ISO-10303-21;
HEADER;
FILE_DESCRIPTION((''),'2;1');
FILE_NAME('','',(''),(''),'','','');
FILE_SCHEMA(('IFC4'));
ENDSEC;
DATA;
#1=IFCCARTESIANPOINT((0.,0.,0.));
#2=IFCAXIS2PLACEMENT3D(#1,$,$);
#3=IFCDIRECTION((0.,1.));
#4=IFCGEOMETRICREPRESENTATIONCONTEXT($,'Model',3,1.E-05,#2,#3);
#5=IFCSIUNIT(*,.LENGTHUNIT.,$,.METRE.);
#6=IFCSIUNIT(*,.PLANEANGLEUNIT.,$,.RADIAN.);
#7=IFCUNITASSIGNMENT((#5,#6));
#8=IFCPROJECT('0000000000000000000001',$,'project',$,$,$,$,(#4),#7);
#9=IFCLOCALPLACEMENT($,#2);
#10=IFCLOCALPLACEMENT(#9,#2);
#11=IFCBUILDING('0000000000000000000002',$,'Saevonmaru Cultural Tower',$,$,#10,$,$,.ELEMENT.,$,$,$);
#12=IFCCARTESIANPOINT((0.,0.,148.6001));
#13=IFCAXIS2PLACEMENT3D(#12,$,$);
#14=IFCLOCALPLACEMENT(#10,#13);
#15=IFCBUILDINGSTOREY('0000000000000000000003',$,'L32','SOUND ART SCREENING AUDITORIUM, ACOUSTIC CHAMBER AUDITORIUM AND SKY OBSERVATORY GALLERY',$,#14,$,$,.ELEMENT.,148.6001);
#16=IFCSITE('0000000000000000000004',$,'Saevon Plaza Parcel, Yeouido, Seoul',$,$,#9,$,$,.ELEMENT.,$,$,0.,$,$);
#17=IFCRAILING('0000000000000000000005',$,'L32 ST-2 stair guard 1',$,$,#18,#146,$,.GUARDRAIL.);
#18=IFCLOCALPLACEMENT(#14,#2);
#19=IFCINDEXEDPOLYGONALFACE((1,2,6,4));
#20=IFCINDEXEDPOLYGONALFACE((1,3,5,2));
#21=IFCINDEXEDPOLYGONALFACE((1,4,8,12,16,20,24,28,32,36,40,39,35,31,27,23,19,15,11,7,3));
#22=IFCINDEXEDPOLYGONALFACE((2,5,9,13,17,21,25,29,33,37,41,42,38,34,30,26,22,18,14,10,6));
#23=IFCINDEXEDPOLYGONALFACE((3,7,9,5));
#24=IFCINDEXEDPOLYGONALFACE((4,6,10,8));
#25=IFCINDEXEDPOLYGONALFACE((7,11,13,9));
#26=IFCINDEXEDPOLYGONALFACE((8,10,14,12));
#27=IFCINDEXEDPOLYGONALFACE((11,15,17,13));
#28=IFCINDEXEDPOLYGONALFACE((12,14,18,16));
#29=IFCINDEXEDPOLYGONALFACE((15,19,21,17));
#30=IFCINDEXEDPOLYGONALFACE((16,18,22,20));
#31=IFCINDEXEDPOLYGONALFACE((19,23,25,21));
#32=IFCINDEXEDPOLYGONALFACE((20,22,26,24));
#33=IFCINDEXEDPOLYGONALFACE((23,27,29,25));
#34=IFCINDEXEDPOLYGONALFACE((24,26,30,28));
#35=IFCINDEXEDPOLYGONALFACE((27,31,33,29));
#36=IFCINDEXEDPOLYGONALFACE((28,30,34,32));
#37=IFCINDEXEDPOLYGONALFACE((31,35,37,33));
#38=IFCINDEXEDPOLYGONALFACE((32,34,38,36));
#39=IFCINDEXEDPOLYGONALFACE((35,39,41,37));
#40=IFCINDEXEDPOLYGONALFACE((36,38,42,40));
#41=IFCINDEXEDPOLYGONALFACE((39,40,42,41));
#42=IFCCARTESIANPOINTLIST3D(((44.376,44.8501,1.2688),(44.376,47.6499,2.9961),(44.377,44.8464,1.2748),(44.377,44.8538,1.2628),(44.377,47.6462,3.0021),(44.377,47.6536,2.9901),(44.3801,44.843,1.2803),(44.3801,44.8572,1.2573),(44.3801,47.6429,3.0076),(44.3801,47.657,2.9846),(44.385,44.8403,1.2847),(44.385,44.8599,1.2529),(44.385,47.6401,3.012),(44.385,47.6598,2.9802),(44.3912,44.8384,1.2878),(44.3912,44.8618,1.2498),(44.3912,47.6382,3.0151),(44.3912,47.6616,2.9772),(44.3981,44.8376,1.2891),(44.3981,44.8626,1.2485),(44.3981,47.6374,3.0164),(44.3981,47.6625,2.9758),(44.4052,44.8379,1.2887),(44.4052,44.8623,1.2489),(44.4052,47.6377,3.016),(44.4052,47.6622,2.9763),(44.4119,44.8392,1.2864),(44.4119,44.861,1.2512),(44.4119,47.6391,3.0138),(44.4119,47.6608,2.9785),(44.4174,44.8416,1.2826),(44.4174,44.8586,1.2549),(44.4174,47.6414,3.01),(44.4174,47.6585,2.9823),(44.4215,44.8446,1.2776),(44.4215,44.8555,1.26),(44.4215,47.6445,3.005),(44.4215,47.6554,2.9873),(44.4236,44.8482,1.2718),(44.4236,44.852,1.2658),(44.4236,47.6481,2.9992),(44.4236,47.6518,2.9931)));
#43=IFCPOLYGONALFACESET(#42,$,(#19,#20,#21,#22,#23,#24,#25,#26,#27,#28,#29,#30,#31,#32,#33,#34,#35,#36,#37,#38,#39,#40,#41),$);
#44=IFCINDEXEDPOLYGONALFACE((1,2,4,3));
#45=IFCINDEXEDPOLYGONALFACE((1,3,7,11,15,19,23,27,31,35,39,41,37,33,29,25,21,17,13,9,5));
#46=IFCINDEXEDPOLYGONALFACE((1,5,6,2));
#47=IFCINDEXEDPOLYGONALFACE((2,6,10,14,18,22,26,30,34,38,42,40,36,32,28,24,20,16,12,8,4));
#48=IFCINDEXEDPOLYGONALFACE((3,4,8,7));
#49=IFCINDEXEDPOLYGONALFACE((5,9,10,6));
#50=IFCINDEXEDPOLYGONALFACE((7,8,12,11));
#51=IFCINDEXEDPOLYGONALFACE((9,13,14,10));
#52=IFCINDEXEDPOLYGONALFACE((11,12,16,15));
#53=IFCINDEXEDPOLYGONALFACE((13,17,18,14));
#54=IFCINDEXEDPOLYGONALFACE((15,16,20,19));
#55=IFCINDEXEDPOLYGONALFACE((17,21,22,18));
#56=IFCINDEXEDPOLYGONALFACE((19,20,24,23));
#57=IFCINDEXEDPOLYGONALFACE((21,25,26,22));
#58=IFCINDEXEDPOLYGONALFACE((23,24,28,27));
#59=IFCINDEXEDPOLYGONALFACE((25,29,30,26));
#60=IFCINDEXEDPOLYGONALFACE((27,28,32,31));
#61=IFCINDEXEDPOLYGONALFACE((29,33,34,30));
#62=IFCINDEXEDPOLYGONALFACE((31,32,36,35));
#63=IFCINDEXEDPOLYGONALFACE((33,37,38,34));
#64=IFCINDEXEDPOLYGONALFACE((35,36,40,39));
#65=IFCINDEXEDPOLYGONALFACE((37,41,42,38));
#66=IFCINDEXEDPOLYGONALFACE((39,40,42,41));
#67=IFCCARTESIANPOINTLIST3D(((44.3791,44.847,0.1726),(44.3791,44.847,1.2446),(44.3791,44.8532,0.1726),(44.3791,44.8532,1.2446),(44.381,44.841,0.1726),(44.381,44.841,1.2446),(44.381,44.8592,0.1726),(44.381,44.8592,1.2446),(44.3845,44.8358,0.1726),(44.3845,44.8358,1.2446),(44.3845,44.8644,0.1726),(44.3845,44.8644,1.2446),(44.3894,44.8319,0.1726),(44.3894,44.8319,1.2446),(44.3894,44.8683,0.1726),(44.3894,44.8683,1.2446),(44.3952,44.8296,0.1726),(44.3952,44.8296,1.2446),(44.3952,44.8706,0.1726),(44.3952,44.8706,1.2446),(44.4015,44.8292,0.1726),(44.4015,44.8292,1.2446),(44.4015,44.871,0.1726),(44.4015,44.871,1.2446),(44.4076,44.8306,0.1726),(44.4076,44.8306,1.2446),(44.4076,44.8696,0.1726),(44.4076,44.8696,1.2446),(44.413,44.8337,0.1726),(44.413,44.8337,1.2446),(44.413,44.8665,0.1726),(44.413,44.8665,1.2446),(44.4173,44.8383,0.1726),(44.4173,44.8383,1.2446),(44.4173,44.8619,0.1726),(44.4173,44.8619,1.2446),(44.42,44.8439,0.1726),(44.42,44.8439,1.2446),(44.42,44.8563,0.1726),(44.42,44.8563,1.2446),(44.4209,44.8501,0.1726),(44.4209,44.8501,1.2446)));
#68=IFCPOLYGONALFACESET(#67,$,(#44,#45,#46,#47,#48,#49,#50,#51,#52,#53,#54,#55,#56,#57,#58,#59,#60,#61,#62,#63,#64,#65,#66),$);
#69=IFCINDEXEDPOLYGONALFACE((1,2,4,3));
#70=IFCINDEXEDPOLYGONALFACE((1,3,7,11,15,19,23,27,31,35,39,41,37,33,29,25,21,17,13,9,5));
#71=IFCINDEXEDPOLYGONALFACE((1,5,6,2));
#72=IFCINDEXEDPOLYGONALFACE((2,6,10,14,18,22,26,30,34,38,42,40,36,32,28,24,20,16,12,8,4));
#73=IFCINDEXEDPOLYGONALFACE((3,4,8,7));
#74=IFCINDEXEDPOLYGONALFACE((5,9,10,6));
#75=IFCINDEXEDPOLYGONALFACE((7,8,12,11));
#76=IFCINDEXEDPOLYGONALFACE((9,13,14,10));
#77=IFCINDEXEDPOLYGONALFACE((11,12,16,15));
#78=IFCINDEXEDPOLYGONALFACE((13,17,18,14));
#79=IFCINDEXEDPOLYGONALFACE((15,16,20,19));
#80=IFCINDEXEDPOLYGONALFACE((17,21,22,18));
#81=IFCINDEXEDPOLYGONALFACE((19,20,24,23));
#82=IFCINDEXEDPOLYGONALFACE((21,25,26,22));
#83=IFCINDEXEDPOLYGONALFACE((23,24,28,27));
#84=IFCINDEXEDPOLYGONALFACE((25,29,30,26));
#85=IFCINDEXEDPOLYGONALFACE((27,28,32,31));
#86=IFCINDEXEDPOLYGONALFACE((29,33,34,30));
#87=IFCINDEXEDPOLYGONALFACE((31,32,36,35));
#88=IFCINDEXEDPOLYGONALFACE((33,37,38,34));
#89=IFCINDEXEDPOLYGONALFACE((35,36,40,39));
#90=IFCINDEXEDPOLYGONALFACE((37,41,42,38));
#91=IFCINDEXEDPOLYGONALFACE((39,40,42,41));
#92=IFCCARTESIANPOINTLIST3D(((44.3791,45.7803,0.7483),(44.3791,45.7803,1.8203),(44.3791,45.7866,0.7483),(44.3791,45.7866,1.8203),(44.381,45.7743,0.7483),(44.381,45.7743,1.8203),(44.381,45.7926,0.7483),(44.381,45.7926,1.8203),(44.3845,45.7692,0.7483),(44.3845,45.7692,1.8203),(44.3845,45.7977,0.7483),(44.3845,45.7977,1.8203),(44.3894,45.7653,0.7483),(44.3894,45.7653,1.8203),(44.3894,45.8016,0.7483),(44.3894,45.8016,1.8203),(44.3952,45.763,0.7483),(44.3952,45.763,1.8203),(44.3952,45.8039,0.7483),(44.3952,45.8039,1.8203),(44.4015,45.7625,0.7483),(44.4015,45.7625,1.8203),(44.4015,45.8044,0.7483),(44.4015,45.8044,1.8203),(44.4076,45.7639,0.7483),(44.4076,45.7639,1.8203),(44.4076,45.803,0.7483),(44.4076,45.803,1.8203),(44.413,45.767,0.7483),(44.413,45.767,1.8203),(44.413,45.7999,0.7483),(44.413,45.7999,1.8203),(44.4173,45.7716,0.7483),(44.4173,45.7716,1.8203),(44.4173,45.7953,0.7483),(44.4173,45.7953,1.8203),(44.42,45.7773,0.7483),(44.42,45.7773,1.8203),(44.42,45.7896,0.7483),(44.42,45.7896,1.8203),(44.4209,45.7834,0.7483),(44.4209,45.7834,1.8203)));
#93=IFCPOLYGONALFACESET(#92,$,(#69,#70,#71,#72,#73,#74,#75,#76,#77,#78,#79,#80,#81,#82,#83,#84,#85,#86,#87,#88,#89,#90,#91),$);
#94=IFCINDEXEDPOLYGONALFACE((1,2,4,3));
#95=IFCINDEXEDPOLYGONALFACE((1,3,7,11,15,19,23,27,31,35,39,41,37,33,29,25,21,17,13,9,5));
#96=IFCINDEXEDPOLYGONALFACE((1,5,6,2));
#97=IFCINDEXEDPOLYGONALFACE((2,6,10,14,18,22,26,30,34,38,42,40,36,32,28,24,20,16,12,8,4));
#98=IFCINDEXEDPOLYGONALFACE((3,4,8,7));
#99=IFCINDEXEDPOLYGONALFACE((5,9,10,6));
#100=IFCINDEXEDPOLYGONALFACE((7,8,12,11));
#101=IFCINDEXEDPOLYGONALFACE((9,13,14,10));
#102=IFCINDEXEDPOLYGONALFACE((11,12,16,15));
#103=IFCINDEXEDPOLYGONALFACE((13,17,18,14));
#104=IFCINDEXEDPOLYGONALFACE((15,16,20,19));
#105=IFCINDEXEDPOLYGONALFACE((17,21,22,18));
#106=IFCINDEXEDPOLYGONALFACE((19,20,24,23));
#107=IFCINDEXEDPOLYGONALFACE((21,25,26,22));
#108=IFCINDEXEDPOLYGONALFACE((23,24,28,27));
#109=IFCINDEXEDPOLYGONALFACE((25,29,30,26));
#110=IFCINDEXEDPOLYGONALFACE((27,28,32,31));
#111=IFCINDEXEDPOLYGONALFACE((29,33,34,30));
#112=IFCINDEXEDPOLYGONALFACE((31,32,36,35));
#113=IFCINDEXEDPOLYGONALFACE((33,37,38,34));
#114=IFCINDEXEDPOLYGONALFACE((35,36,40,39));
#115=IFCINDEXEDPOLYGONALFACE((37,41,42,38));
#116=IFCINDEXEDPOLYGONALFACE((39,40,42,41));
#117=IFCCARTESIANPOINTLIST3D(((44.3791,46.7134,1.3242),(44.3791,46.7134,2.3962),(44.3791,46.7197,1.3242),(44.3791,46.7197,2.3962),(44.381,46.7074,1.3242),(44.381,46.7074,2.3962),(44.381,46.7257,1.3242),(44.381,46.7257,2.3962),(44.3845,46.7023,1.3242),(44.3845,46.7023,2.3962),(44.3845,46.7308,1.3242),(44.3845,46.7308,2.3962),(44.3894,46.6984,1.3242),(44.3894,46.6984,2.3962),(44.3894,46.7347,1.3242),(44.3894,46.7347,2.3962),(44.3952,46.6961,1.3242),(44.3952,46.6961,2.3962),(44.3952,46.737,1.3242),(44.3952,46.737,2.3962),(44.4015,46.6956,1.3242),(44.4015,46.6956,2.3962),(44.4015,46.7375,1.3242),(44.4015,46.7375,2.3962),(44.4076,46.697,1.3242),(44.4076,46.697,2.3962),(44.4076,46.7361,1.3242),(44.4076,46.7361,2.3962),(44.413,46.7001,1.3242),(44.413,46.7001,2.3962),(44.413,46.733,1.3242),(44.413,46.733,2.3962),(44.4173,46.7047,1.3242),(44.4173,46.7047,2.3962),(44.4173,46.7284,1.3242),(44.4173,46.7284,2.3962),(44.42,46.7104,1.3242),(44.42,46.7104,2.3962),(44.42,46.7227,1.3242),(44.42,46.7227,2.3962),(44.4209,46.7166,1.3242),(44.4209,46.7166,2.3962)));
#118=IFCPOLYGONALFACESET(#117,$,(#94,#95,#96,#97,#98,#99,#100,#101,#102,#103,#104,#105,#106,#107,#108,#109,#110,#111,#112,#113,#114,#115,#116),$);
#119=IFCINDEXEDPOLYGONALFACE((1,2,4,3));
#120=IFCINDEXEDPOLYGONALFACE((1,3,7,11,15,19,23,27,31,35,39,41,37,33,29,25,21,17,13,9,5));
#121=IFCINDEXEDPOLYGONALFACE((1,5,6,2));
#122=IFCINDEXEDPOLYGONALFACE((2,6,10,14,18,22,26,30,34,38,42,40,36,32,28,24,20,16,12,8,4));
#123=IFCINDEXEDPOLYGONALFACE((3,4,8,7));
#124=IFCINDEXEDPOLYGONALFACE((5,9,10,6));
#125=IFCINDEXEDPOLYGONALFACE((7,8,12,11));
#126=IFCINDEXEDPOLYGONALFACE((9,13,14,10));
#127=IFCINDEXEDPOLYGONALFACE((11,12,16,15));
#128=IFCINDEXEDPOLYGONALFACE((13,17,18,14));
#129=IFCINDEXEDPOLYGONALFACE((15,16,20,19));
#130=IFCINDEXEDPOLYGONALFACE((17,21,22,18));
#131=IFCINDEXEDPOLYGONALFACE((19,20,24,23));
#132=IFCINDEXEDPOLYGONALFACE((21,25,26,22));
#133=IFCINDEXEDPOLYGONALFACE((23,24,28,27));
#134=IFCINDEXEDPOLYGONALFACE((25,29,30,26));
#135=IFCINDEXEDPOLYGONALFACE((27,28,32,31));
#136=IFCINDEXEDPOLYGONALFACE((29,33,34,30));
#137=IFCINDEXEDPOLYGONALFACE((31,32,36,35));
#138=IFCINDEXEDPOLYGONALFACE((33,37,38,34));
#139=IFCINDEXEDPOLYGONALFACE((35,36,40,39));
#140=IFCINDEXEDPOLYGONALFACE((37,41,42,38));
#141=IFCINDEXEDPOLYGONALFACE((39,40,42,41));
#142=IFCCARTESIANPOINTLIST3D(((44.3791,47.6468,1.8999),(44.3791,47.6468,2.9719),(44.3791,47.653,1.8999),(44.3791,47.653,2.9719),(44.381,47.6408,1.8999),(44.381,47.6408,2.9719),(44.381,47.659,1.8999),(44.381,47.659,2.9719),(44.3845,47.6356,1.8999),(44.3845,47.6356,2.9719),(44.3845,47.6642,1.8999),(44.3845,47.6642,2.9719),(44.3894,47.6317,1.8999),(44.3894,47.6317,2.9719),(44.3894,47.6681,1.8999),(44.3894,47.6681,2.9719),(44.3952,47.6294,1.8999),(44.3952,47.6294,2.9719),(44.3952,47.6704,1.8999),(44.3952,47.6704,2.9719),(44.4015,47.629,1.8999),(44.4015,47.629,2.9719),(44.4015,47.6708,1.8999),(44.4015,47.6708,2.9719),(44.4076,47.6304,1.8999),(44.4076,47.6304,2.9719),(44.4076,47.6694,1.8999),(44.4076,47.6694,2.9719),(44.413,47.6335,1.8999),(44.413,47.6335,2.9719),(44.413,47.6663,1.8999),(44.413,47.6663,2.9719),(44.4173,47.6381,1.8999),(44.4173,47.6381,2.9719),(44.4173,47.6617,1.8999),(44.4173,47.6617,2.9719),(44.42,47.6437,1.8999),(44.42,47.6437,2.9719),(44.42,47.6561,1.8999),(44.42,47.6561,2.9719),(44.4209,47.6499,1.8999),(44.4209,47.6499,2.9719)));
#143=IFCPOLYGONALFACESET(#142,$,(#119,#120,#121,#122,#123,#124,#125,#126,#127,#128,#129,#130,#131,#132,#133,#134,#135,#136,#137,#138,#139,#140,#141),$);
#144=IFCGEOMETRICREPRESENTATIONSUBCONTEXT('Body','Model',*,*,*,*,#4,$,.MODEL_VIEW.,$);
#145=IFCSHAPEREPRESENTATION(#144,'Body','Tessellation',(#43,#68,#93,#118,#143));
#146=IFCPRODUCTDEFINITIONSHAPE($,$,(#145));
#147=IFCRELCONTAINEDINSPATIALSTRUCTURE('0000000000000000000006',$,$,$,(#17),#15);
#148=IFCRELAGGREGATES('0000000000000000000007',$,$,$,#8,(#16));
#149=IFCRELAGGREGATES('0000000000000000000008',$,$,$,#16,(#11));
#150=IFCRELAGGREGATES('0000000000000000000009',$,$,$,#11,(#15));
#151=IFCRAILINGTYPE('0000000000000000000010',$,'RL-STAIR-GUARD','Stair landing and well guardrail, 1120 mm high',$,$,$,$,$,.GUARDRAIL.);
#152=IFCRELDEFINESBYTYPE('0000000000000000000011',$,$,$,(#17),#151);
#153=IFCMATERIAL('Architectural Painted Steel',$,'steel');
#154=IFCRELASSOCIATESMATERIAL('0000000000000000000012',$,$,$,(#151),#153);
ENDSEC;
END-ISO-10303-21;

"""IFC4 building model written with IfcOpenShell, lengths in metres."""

from ifc_helpers import new_model, si_unit, direction, frame, origin, origin_2d, place, context, subcontext, project, spatial, circle, extrude, material, type_object, element, save


model = new_model("IFC4")

# Units and contexts
model_context = context("Model", 3, precision=1e-05, world=origin(), true_north=direction((0.0, 1.0)))
body_context = subcontext(model_context, "Body", "Model", "MODEL_VIEW")
ifc_project = project(units=[si_unit("LENGTHUNIT", "METRE"), si_unit("PLANEANGLEUNIT", "RADIAN")], contexts=[model_context])

# Site, building, storey
site_placement = place(None, origin())
site = spatial("IfcSite", under=ifc_project, at=site_placement, Name="Saevon Plaza Parcel, Yeouido, Seoul", CompositionType="ELEMENT", RefElevation=0.0)
building_placement = place(site_placement, origin())
building = spatial("IfcBuilding", under=site, at=building_placement, Name="Saevonmaru Cultural Tower", CompositionType="ELEMENT")
storey_placement = place(building_placement, frame((0.0, 0.0, 148.6001)))
storey = spatial("IfcBuildingStorey", under=building, at=storey_placement, Name="L32", Description="SOUND ART SCREENING AUDITORIUM, ACOUSTIC CHAMBER AUDITORIUM AND SKY OBSERVATORY GALLERY", CompositionType="ELEMENT", Elevation=148.6001)

# Railing
ifc_material_1 = material(Name="Architectural Painted Steel", Category="steel")
railing_type_1 = type_object("IfcRailingType", Name="RL-STAIR-GUARD", Description="Stair landing and well guardrail, 1120 mm high", PredefinedType="GUARDRAIL", material=ifc_material_1)
railing_1_placement = place(storey_placement, frame((44.3999, 44.8501, 0.1726)))
element("IfcRailing", 1, at=railing_1_placement, inside=storey, type_object=railing_type_1, Name="L32 ST-2 stair guard 1", PredefinedType="GUARDRAIL", context=body_context, shape_type="SweptSolid", body=[
    extrude(circle(Radius=0.0239, at=origin_2d()), frame((0.0, 0.0, 1.0962), z_axis=(0.0, 0.851069, 0.525054), x_axis=(-1.0, 0.0, 0.0)), (0.0, 0.0, 1.0), 3.2898),
    extrude(circle(Radius=0.021, at=origin_2d()), origin(), (0.0, 0.0, 1.0), 1.072),
    extrude(circle(Radius=0.021, at=origin_2d()), frame((0.0, 0.9333, 0.5757)), (0.0, 0.0, 1.0), 1.072),
    extrude(circle(Radius=0.021, at=origin_2d()), frame((0.0, 1.8665, 1.1516)), (0.0, 0.0, 1.0), 1.072),
    extrude(circle(Radius=0.021, at=origin_2d()), frame((0.0, 2.7998, 1.7273)), (0.0, 0.0, 1.0), 1.072),
])

save(model, "model.ifc")
